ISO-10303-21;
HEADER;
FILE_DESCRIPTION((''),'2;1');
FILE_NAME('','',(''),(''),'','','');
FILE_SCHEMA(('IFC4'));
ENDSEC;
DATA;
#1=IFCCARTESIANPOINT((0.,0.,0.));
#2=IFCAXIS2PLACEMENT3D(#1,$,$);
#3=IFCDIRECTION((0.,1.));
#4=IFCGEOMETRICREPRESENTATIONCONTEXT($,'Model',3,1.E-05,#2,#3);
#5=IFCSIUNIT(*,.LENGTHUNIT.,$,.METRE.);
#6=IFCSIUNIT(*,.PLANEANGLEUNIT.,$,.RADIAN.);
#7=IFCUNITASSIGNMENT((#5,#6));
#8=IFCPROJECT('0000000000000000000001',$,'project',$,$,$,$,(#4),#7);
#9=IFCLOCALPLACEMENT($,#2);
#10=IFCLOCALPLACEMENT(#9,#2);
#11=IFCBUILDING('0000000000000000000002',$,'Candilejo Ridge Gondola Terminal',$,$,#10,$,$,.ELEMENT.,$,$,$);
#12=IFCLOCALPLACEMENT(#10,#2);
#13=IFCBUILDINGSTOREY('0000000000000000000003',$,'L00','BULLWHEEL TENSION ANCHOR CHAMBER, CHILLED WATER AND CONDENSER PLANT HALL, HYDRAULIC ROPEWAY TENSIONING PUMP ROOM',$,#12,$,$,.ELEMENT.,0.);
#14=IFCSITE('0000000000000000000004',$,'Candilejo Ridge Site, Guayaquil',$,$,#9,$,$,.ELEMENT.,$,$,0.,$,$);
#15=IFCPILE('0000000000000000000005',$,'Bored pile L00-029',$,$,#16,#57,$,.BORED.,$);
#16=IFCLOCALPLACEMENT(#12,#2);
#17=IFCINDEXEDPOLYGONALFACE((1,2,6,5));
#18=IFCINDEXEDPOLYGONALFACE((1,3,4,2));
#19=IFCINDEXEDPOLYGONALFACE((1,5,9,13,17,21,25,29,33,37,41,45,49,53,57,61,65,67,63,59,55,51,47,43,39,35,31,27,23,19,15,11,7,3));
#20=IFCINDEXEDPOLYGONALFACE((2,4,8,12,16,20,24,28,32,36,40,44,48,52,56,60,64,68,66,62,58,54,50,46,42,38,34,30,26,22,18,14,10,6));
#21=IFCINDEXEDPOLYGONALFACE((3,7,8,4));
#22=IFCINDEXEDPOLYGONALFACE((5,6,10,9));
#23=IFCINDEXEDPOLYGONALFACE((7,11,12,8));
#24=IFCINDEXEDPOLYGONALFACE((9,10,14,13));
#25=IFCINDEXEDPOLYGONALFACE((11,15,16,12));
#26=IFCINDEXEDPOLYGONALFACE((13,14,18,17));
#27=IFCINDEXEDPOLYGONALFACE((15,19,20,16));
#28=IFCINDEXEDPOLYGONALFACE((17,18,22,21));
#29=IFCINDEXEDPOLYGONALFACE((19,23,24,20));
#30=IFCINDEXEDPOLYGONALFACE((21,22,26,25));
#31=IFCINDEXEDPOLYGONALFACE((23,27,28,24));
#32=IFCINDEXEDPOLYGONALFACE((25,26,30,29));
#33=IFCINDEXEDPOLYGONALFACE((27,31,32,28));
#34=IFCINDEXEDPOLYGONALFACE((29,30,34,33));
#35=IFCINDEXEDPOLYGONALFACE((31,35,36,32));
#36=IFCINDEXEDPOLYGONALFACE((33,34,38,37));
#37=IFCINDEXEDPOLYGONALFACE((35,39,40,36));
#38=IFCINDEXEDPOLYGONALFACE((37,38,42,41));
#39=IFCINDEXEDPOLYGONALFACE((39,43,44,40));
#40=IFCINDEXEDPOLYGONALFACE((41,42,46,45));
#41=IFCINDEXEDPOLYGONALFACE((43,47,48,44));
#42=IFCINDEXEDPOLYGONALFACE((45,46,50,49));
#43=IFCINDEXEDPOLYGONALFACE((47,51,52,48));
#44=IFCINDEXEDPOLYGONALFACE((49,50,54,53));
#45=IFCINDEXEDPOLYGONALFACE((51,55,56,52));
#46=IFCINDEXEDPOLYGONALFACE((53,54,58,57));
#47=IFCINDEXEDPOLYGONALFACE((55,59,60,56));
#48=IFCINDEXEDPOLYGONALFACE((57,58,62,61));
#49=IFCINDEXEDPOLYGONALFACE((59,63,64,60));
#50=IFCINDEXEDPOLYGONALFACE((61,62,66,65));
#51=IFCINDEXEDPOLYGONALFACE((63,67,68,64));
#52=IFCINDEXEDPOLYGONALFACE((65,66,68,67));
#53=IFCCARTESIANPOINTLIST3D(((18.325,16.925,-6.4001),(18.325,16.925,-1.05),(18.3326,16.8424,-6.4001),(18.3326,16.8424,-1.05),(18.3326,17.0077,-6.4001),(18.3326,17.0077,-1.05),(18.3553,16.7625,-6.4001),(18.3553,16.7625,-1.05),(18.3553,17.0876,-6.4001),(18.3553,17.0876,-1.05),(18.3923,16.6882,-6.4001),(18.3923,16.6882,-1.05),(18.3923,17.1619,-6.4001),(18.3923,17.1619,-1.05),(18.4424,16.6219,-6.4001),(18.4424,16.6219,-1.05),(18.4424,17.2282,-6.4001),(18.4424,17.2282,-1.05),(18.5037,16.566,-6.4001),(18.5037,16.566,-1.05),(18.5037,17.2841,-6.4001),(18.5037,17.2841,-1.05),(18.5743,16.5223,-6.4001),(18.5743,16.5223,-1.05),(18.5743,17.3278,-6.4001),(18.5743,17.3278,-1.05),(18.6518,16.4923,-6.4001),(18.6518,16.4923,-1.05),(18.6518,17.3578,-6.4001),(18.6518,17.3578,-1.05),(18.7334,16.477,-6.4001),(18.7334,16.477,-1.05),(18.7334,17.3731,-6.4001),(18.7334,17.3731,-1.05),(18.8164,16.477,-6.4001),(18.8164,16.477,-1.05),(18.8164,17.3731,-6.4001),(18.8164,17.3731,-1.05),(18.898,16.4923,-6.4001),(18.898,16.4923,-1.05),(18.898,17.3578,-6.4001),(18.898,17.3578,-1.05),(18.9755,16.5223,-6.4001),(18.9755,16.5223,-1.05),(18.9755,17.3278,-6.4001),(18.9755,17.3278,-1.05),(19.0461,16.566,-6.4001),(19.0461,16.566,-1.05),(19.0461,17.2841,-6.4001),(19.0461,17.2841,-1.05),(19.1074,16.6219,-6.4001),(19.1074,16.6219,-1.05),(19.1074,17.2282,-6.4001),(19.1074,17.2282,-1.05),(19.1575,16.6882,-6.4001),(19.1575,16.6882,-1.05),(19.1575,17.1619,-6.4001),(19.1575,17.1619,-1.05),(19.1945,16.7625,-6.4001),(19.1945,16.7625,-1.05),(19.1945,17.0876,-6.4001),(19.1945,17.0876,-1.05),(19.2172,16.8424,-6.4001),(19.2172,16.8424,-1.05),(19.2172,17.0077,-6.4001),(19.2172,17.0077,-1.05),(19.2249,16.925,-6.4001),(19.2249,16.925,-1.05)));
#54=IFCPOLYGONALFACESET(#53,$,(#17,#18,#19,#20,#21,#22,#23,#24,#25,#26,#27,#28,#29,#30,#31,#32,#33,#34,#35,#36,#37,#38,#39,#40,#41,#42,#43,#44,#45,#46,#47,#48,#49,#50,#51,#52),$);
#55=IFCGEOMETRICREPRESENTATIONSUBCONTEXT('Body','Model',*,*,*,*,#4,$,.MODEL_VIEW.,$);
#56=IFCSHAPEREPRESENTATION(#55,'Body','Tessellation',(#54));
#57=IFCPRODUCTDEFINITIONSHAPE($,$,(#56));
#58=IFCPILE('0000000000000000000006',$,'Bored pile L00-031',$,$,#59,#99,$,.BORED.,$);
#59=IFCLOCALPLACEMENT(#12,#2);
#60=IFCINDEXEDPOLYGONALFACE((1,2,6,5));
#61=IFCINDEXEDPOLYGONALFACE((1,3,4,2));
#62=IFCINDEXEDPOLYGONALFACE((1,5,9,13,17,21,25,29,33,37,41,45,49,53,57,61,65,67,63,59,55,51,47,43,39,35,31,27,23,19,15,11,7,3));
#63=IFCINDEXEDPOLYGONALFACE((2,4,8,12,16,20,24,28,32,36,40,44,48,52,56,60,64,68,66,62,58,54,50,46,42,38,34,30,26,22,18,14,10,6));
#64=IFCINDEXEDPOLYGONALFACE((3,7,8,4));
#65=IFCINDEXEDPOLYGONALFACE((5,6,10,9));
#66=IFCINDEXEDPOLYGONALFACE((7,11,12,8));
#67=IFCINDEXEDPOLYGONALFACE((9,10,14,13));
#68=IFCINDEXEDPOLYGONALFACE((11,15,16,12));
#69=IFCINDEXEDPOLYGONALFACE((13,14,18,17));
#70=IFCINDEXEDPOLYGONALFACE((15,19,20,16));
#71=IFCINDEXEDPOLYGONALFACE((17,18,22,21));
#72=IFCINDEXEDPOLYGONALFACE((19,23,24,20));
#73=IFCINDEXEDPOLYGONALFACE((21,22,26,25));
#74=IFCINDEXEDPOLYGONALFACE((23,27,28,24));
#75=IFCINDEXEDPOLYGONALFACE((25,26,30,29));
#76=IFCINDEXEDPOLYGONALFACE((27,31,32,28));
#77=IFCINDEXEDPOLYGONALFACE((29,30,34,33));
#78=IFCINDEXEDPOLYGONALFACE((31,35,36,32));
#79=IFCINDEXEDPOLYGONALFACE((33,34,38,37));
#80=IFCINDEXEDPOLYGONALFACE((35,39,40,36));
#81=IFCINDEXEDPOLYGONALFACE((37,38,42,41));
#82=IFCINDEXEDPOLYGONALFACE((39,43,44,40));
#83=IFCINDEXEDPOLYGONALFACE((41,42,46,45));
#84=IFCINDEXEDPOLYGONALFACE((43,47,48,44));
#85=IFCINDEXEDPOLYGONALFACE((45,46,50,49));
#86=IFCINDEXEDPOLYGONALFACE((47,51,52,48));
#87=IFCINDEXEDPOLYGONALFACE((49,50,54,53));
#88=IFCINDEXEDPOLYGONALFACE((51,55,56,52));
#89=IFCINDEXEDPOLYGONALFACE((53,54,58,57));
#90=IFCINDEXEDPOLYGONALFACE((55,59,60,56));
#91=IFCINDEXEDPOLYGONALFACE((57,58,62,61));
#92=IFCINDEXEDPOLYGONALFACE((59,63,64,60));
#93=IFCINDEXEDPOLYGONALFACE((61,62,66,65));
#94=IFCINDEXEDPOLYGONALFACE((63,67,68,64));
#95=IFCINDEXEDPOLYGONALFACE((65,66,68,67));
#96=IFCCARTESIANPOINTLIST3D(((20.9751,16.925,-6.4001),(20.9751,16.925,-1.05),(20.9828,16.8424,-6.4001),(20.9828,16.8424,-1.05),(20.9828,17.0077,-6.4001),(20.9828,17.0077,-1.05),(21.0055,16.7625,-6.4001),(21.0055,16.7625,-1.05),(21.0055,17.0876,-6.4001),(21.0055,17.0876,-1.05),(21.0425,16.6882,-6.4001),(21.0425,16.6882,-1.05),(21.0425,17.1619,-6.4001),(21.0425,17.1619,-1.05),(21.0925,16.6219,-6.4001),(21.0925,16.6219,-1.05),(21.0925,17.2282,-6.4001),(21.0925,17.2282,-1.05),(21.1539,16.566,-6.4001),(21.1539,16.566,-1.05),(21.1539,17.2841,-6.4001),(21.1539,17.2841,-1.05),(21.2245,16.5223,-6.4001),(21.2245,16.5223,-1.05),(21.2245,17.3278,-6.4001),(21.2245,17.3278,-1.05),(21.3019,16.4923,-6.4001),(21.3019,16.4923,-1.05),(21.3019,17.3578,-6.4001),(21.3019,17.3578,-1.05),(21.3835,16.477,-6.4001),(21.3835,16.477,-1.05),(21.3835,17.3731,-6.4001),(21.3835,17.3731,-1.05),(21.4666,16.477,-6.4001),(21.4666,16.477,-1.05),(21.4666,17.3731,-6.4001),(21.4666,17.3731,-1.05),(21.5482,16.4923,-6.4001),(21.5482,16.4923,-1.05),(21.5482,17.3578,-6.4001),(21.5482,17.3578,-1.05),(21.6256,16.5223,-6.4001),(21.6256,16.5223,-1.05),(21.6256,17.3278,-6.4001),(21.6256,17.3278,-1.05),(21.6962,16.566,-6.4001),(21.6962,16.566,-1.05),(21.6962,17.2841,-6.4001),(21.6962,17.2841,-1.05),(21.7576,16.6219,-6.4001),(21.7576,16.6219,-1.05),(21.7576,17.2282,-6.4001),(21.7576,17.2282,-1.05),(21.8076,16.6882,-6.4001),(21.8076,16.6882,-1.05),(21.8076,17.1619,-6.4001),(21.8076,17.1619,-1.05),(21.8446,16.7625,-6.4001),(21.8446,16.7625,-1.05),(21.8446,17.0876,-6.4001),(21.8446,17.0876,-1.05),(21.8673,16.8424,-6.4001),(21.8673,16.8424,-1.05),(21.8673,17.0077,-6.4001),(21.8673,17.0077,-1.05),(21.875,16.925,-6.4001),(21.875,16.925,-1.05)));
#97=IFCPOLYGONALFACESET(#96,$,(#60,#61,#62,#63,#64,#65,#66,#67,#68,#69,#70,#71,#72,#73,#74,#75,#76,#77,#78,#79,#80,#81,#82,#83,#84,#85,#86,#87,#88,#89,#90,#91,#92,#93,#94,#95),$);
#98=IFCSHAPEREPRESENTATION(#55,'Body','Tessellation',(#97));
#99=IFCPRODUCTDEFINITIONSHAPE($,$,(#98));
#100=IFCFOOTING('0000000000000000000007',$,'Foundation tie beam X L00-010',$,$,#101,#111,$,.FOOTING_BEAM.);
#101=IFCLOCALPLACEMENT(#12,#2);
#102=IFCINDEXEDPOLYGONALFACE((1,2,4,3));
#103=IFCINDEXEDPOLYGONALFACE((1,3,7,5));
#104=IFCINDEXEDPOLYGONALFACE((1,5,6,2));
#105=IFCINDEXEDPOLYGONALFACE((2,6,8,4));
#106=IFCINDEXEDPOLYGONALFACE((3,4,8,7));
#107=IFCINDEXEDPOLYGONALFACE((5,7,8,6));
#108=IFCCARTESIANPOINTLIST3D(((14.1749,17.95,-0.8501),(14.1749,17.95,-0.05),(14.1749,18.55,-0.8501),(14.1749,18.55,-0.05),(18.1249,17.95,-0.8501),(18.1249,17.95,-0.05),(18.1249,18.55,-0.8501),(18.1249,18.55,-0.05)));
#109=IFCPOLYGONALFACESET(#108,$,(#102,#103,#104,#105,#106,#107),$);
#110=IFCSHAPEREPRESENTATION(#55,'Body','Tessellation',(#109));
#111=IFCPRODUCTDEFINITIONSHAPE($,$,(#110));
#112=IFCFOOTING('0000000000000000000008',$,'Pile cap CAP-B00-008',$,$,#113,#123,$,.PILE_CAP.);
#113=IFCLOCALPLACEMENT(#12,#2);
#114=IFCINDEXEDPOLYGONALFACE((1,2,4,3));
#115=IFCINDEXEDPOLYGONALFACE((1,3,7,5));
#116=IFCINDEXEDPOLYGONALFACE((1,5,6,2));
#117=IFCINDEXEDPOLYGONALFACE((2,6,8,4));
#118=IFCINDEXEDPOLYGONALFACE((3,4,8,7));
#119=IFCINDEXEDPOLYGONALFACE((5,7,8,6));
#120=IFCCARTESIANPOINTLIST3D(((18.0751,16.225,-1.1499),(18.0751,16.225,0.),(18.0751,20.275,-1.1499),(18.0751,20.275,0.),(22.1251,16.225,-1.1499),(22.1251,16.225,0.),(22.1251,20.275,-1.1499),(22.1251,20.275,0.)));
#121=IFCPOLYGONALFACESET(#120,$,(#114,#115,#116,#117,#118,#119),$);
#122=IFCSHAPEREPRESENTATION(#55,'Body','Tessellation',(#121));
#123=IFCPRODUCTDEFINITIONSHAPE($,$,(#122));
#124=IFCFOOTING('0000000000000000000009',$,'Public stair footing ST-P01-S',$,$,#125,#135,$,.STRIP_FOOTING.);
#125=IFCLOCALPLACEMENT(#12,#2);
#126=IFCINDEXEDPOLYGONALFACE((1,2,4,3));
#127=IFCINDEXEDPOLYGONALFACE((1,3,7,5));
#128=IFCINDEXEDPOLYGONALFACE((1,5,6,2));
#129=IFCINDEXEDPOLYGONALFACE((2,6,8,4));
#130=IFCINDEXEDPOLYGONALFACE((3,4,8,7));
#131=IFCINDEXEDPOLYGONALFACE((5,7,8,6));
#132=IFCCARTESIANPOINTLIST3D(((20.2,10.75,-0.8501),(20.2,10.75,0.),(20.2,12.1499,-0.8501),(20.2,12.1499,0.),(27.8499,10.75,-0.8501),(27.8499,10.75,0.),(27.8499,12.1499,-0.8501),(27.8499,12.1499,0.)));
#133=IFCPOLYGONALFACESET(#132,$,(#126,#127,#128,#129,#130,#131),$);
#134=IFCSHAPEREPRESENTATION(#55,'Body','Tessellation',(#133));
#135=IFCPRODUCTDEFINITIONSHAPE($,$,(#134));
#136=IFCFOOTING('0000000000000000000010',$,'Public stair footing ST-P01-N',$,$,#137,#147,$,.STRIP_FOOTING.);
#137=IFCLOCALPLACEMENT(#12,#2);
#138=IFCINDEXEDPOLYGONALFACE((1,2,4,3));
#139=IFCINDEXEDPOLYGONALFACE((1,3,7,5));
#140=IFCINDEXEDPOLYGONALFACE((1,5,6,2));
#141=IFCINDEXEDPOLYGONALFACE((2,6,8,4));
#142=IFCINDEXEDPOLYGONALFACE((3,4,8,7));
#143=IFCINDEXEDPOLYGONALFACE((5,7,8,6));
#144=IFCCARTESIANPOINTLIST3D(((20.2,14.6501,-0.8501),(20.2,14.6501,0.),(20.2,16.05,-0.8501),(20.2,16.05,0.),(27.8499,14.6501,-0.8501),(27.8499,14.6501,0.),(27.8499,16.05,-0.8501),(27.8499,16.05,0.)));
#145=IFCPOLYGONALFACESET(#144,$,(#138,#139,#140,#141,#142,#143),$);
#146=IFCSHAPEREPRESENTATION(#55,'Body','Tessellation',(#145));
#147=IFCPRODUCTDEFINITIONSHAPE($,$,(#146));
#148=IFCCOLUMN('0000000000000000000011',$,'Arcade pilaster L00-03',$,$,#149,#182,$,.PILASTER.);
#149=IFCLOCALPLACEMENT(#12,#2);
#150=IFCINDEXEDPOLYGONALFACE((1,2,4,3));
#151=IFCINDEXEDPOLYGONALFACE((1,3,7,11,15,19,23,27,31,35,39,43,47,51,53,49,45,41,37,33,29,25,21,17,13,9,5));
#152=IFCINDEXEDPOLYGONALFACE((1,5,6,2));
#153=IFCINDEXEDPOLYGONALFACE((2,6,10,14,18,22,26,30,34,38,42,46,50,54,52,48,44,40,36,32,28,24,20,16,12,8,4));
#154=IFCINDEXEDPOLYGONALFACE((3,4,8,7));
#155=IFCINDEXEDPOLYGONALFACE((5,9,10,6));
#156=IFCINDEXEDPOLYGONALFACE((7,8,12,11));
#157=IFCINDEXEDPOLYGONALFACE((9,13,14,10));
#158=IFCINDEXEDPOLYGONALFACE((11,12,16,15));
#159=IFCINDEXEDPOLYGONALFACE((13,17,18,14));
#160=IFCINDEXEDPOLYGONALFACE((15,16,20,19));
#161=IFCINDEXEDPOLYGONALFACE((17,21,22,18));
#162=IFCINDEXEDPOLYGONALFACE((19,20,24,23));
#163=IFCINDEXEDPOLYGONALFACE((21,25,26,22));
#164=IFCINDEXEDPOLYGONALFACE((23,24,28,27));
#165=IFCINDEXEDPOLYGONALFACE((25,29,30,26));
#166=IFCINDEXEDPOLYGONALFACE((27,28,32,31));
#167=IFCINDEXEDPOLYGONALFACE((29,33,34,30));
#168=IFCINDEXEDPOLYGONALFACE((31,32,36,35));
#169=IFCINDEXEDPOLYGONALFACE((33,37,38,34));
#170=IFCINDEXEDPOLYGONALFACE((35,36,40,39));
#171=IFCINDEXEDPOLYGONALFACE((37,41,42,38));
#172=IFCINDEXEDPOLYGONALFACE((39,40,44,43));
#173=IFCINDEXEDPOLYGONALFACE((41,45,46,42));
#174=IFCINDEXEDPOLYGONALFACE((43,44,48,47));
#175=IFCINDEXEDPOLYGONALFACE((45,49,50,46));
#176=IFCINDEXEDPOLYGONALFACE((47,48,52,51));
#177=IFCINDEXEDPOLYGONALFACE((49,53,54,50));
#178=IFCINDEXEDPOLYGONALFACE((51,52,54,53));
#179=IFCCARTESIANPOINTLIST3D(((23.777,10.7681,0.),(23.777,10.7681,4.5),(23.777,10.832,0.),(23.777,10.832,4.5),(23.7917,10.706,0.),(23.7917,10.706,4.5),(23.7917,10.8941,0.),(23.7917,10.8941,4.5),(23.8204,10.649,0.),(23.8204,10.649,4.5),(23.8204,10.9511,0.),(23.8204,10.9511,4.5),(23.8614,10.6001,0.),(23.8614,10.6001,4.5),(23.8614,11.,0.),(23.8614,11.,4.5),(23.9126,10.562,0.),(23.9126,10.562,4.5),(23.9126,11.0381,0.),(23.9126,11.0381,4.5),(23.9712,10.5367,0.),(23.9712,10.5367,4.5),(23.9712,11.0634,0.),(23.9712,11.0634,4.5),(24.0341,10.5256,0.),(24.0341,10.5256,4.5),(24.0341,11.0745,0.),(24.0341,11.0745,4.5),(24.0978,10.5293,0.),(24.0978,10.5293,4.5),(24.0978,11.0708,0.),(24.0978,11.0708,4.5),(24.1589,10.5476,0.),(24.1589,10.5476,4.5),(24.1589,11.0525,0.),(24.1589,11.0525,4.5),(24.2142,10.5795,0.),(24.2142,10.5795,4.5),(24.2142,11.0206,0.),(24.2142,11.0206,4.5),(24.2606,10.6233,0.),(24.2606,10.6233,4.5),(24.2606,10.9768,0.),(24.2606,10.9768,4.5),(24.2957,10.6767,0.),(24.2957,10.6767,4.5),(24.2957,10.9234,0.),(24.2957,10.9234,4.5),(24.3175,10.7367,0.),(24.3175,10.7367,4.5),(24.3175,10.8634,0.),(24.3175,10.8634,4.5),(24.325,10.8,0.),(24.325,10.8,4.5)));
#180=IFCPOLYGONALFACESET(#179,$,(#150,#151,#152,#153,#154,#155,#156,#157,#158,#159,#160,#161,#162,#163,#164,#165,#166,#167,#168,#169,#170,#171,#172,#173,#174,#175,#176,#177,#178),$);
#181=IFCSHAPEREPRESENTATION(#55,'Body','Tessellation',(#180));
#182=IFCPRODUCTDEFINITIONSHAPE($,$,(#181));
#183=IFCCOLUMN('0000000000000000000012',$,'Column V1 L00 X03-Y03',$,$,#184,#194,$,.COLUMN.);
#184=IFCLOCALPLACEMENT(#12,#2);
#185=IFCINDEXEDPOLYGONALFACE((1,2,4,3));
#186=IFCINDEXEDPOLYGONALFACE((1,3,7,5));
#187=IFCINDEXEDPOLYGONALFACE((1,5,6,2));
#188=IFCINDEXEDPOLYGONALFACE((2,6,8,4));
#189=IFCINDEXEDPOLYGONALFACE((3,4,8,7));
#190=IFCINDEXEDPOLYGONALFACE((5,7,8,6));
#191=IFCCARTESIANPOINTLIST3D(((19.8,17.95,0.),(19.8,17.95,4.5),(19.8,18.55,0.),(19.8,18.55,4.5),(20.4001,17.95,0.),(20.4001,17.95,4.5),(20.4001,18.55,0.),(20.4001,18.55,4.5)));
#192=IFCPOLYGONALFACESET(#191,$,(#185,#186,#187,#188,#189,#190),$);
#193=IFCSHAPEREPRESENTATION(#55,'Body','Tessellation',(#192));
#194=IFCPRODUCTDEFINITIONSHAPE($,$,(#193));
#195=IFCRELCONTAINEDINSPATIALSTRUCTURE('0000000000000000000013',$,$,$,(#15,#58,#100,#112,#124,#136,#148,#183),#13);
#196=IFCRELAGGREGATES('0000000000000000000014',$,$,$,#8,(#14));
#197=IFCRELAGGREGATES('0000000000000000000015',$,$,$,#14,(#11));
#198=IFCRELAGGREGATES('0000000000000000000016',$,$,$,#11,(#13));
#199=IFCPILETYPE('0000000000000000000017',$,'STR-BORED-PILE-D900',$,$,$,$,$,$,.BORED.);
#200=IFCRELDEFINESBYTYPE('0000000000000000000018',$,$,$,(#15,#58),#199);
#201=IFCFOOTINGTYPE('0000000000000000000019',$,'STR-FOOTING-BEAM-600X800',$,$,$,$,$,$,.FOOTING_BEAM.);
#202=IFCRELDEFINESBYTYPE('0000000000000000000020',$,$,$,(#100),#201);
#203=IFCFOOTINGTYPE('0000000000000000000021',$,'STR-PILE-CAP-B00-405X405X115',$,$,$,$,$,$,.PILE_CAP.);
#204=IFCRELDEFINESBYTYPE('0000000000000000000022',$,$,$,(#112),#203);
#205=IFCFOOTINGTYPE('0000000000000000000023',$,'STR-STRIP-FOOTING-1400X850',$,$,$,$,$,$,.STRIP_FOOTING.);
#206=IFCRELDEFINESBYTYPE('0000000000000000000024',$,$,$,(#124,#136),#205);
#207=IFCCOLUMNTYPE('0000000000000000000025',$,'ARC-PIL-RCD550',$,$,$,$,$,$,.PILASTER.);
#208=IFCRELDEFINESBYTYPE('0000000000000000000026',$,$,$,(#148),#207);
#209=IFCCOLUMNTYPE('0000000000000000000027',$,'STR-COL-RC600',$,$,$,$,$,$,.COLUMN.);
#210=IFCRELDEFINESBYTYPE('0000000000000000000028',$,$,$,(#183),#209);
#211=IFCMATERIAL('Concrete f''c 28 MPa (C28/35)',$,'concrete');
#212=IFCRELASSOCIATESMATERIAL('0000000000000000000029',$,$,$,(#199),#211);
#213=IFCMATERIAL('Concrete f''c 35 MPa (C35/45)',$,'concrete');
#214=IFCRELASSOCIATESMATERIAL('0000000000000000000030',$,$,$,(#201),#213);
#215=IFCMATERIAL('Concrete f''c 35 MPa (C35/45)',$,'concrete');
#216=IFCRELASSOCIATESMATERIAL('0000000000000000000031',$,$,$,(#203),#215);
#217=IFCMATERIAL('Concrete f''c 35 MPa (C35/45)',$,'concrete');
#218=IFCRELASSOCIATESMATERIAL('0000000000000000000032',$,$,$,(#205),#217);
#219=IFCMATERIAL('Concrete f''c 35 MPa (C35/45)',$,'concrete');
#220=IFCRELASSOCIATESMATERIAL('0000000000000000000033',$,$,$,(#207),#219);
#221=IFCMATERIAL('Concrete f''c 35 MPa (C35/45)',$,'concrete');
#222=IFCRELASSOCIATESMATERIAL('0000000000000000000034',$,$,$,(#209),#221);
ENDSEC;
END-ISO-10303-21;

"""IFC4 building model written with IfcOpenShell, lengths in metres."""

from ifc_helpers import new_model, si_unit, direction, frame, origin, origin_2d, place, context, subcontext, project, spatial, rectangle, circle, extrude, material, material_profile, profile_set, type_object, element, save


model = new_model("IFC4")

# Units and contexts
model_context = context("Model", 3, precision=1e-05, world=origin(), true_north=direction((0.0, 1.0)))
body_context = subcontext(model_context, "Body", "Model", "MODEL_VIEW")
ifc_project = project(units=[si_unit("LENGTHUNIT", "METRE"), si_unit("PLANEANGLEUNIT", "RADIAN")], contexts=[model_context])

# Site, building, storey
site_placement = place(None, origin())
site = spatial("IfcSite", under=ifc_project, at=site_placement, Name="Candilejo Ridge Site, Guayaquil", CompositionType="ELEMENT", RefElevation=0.0)
building_placement = place(site_placement, origin())
building = spatial("IfcBuilding", under=site, at=building_placement, Name="Candilejo Ridge Gondola Terminal", CompositionType="ELEMENT")
storey_placement = place(building_placement, origin())
storey = spatial("IfcBuildingStorey", under=building, at=storey_placement, Name="L00", Description="BULLWHEEL TENSION ANCHOR CHAMBER, CHILLED WATER AND CONDENSER PLANT HALL, HYDRAULIC ROPEWAY TENSIONING PUMP ROOM", CompositionType="ELEMENT", Elevation=0.0)

# Piles
ifc_material_1 = material(Name="Concrete f'c 28 MPa (C28/35)", Category="concrete")
ifc_material_profile_1 = material_profile(ifc_material_1, circle(Radius=0.45, at=origin_2d()))
ifc_profile_set_1 = profile_set([ifc_material_profile_1], Name="Concrete f'c 28 MPa (C28/35)")
pile_type = type_object("IfcPileType", Name="STR-BORED-PILE-D900", PredefinedType="BORED", material=ifc_profile_set_1)
for number, where, z_axis, x_axis, name in (
    (1, (18.7749, 16.925, -1.05), (0.0, 0.0, -1.0), (1.0, 0.0, 0.0), "Bored pile L00-029"),
    (2, (21.425, 16.925, -1.05), (0.0, 0.0, -1.0), (1.0, 0.0, 0.0), "Bored pile L00-031"),
):
    element("IfcPile", number, at=place(storey_placement, frame(where, z_axis=z_axis, x_axis=x_axis)), inside=storey, type_object=pile_type, Name=name, PredefinedType="BORED", context=body_context, shape_type="SweptSolid", body=[
        extrude(circle(Radius=0.45, at=origin_2d()), origin(), (0.0, 0.0, 1.0), 5.3501),
    ])

# Footings
ifc_material_2 = material(Name="Concrete f'c 35 MPa (C35/45)", Category="concrete")
footing_type_1 = type_object("IfcFootingType", Name="STR-FOOTING-BEAM-600X800", PredefinedType="FOOTING_BEAM", material=ifc_material_2)
footing_1_placement = place(storey_placement, frame((16.1499, 18.25, -0.8501), z_axis=(0.0, 0.0, 1.0), x_axis=(1.0, 0.0, 0.0)))
element("IfcFooting", 3, at=footing_1_placement, inside=storey, type_object=footing_type_1, Name="Foundation tie beam X L00-010", PredefinedType="FOOTING_BEAM", context=body_context, shape_type="SweptSolid", body=[
    extrude(rectangle(XDim=3.95, YDim=0.6001, at=origin_2d()), origin(), (0.0, 0.0, 1.0), 0.8),
])
ifc_material_3 = material(Name="Concrete f'c 35 MPa (C35/45)", Category="concrete")
footing_type_2 = type_object("IfcFootingType", Name="STR-PILE-CAP-B00-405X405X115", PredefinedType="PILE_CAP", material=ifc_material_3)
footing_2_placement = place(storey_placement, frame((20.1001, 18.25, -1.1499), z_axis=(0.0, 0.0, 1.0), x_axis=(1.0, 0.0, 0.0)))
element("IfcFooting", 4, at=footing_2_placement, inside=storey, type_object=footing_type_2, Name="Pile cap CAP-B00-008", PredefinedType="PILE_CAP", context=body_context, shape_type="SweptSolid", body=[
    extrude(rectangle(XDim=4.05, YDim=4.05, at=origin_2d()), origin(), (0.0, 0.0, 1.0), 1.1499),
])
ifc_material_4 = material(Name="Concrete f'c 35 MPa (C35/45)", Category="concrete")
footing_type_3 = type_object("IfcFootingType", Name="STR-STRIP-FOOTING-1400X850", PredefinedType="STRIP_FOOTING", material=ifc_material_4)
for number, where, z_axis, x_axis, name in (
    (5, (24.0249, 11.45, -0.8501), (0.0, 0.0, 1.0), (1.0, 0.0, 0.0), "Public stair footing ST-P01-S"),
    (6, (24.0249, 15.3501, -0.8501), (0.0, 0.0, 1.0), (1.0, 0.0, 0.0), "Public stair footing ST-P01-N"),
):
    element("IfcFooting", number, at=place(storey_placement, frame(where, z_axis=z_axis, x_axis=x_axis)), inside=storey, type_object=footing_type_3, Name=name, PredefinedType="STRIP_FOOTING", context=body_context, shape_type="SweptSolid", body=[
        extrude(rectangle(XDim=7.6499, YDim=1.3999, at=origin_2d()), origin(), (0.0, 0.0, 1.0), 0.8501),
    ])

# Columns
ifc_material_5 = material(Name="Concrete f'c 35 MPa (C35/45)", Category="concrete")
ifc_material_profile_2 = material_profile(ifc_material_5, circle(Radius=0.2749, at=origin_2d()))
ifc_profile_set_2 = profile_set([ifc_material_profile_2], Name="Concrete f'c 35 MPa (C35/45)")
column_type_1 = type_object("IfcColumnType", Name="ARC-PIL-RCD550", PredefinedType="PILASTER", material=ifc_profile_set_2)
column_1_placement = place(storey_placement, frame((24.05, 10.8, 0.0), z_axis=(0.0, 0.0, 1.0), x_axis=(1.0, 0.0, 0.0)))
element("IfcColumn", 7, at=column_1_placement, inside=storey, type_object=column_type_1, Name="Arcade pilaster L00-03", PredefinedType="PILASTER", context=body_context, shape_type="SweptSolid", body=[
    extrude(circle(Radius=0.2749, at=origin_2d()), origin(), (0.0, 0.0, 1.0), 4.5),
])
ifc_material_6 = material(Name="Concrete f'c 35 MPa (C35/45)", Category="concrete")
ifc_material_profile_3 = material_profile(ifc_material_6, rectangle(XDim=0.6001, YDim=0.6001, at=origin_2d()))
ifc_profile_set_3 = profile_set([ifc_material_profile_3], Name="Concrete f'c 35 MPa (C35/45)")
column_type_2 = type_object("IfcColumnType", Name="STR-COL-RC600", PredefinedType="COLUMN", material=ifc_profile_set_3)
column_2_placement = place(storey_placement, frame((20.1001, 18.25, 0.0), z_axis=(0.0, 0.0, 1.0), x_axis=(1.0, 0.0, 0.0)))
element("IfcColumn", 8, at=column_2_placement, inside=storey, type_object=column_type_2, Name="Column V1 L00 X03-Y03", PredefinedType="COLUMN", context=body_context, shape_type="SweptSolid", body=[
    extrude(rectangle(XDim=0.6001, YDim=0.6001, at=origin_2d()), origin(), (0.0, 0.0, 1.0), 4.5),
])

save(model, "model.ifc")
